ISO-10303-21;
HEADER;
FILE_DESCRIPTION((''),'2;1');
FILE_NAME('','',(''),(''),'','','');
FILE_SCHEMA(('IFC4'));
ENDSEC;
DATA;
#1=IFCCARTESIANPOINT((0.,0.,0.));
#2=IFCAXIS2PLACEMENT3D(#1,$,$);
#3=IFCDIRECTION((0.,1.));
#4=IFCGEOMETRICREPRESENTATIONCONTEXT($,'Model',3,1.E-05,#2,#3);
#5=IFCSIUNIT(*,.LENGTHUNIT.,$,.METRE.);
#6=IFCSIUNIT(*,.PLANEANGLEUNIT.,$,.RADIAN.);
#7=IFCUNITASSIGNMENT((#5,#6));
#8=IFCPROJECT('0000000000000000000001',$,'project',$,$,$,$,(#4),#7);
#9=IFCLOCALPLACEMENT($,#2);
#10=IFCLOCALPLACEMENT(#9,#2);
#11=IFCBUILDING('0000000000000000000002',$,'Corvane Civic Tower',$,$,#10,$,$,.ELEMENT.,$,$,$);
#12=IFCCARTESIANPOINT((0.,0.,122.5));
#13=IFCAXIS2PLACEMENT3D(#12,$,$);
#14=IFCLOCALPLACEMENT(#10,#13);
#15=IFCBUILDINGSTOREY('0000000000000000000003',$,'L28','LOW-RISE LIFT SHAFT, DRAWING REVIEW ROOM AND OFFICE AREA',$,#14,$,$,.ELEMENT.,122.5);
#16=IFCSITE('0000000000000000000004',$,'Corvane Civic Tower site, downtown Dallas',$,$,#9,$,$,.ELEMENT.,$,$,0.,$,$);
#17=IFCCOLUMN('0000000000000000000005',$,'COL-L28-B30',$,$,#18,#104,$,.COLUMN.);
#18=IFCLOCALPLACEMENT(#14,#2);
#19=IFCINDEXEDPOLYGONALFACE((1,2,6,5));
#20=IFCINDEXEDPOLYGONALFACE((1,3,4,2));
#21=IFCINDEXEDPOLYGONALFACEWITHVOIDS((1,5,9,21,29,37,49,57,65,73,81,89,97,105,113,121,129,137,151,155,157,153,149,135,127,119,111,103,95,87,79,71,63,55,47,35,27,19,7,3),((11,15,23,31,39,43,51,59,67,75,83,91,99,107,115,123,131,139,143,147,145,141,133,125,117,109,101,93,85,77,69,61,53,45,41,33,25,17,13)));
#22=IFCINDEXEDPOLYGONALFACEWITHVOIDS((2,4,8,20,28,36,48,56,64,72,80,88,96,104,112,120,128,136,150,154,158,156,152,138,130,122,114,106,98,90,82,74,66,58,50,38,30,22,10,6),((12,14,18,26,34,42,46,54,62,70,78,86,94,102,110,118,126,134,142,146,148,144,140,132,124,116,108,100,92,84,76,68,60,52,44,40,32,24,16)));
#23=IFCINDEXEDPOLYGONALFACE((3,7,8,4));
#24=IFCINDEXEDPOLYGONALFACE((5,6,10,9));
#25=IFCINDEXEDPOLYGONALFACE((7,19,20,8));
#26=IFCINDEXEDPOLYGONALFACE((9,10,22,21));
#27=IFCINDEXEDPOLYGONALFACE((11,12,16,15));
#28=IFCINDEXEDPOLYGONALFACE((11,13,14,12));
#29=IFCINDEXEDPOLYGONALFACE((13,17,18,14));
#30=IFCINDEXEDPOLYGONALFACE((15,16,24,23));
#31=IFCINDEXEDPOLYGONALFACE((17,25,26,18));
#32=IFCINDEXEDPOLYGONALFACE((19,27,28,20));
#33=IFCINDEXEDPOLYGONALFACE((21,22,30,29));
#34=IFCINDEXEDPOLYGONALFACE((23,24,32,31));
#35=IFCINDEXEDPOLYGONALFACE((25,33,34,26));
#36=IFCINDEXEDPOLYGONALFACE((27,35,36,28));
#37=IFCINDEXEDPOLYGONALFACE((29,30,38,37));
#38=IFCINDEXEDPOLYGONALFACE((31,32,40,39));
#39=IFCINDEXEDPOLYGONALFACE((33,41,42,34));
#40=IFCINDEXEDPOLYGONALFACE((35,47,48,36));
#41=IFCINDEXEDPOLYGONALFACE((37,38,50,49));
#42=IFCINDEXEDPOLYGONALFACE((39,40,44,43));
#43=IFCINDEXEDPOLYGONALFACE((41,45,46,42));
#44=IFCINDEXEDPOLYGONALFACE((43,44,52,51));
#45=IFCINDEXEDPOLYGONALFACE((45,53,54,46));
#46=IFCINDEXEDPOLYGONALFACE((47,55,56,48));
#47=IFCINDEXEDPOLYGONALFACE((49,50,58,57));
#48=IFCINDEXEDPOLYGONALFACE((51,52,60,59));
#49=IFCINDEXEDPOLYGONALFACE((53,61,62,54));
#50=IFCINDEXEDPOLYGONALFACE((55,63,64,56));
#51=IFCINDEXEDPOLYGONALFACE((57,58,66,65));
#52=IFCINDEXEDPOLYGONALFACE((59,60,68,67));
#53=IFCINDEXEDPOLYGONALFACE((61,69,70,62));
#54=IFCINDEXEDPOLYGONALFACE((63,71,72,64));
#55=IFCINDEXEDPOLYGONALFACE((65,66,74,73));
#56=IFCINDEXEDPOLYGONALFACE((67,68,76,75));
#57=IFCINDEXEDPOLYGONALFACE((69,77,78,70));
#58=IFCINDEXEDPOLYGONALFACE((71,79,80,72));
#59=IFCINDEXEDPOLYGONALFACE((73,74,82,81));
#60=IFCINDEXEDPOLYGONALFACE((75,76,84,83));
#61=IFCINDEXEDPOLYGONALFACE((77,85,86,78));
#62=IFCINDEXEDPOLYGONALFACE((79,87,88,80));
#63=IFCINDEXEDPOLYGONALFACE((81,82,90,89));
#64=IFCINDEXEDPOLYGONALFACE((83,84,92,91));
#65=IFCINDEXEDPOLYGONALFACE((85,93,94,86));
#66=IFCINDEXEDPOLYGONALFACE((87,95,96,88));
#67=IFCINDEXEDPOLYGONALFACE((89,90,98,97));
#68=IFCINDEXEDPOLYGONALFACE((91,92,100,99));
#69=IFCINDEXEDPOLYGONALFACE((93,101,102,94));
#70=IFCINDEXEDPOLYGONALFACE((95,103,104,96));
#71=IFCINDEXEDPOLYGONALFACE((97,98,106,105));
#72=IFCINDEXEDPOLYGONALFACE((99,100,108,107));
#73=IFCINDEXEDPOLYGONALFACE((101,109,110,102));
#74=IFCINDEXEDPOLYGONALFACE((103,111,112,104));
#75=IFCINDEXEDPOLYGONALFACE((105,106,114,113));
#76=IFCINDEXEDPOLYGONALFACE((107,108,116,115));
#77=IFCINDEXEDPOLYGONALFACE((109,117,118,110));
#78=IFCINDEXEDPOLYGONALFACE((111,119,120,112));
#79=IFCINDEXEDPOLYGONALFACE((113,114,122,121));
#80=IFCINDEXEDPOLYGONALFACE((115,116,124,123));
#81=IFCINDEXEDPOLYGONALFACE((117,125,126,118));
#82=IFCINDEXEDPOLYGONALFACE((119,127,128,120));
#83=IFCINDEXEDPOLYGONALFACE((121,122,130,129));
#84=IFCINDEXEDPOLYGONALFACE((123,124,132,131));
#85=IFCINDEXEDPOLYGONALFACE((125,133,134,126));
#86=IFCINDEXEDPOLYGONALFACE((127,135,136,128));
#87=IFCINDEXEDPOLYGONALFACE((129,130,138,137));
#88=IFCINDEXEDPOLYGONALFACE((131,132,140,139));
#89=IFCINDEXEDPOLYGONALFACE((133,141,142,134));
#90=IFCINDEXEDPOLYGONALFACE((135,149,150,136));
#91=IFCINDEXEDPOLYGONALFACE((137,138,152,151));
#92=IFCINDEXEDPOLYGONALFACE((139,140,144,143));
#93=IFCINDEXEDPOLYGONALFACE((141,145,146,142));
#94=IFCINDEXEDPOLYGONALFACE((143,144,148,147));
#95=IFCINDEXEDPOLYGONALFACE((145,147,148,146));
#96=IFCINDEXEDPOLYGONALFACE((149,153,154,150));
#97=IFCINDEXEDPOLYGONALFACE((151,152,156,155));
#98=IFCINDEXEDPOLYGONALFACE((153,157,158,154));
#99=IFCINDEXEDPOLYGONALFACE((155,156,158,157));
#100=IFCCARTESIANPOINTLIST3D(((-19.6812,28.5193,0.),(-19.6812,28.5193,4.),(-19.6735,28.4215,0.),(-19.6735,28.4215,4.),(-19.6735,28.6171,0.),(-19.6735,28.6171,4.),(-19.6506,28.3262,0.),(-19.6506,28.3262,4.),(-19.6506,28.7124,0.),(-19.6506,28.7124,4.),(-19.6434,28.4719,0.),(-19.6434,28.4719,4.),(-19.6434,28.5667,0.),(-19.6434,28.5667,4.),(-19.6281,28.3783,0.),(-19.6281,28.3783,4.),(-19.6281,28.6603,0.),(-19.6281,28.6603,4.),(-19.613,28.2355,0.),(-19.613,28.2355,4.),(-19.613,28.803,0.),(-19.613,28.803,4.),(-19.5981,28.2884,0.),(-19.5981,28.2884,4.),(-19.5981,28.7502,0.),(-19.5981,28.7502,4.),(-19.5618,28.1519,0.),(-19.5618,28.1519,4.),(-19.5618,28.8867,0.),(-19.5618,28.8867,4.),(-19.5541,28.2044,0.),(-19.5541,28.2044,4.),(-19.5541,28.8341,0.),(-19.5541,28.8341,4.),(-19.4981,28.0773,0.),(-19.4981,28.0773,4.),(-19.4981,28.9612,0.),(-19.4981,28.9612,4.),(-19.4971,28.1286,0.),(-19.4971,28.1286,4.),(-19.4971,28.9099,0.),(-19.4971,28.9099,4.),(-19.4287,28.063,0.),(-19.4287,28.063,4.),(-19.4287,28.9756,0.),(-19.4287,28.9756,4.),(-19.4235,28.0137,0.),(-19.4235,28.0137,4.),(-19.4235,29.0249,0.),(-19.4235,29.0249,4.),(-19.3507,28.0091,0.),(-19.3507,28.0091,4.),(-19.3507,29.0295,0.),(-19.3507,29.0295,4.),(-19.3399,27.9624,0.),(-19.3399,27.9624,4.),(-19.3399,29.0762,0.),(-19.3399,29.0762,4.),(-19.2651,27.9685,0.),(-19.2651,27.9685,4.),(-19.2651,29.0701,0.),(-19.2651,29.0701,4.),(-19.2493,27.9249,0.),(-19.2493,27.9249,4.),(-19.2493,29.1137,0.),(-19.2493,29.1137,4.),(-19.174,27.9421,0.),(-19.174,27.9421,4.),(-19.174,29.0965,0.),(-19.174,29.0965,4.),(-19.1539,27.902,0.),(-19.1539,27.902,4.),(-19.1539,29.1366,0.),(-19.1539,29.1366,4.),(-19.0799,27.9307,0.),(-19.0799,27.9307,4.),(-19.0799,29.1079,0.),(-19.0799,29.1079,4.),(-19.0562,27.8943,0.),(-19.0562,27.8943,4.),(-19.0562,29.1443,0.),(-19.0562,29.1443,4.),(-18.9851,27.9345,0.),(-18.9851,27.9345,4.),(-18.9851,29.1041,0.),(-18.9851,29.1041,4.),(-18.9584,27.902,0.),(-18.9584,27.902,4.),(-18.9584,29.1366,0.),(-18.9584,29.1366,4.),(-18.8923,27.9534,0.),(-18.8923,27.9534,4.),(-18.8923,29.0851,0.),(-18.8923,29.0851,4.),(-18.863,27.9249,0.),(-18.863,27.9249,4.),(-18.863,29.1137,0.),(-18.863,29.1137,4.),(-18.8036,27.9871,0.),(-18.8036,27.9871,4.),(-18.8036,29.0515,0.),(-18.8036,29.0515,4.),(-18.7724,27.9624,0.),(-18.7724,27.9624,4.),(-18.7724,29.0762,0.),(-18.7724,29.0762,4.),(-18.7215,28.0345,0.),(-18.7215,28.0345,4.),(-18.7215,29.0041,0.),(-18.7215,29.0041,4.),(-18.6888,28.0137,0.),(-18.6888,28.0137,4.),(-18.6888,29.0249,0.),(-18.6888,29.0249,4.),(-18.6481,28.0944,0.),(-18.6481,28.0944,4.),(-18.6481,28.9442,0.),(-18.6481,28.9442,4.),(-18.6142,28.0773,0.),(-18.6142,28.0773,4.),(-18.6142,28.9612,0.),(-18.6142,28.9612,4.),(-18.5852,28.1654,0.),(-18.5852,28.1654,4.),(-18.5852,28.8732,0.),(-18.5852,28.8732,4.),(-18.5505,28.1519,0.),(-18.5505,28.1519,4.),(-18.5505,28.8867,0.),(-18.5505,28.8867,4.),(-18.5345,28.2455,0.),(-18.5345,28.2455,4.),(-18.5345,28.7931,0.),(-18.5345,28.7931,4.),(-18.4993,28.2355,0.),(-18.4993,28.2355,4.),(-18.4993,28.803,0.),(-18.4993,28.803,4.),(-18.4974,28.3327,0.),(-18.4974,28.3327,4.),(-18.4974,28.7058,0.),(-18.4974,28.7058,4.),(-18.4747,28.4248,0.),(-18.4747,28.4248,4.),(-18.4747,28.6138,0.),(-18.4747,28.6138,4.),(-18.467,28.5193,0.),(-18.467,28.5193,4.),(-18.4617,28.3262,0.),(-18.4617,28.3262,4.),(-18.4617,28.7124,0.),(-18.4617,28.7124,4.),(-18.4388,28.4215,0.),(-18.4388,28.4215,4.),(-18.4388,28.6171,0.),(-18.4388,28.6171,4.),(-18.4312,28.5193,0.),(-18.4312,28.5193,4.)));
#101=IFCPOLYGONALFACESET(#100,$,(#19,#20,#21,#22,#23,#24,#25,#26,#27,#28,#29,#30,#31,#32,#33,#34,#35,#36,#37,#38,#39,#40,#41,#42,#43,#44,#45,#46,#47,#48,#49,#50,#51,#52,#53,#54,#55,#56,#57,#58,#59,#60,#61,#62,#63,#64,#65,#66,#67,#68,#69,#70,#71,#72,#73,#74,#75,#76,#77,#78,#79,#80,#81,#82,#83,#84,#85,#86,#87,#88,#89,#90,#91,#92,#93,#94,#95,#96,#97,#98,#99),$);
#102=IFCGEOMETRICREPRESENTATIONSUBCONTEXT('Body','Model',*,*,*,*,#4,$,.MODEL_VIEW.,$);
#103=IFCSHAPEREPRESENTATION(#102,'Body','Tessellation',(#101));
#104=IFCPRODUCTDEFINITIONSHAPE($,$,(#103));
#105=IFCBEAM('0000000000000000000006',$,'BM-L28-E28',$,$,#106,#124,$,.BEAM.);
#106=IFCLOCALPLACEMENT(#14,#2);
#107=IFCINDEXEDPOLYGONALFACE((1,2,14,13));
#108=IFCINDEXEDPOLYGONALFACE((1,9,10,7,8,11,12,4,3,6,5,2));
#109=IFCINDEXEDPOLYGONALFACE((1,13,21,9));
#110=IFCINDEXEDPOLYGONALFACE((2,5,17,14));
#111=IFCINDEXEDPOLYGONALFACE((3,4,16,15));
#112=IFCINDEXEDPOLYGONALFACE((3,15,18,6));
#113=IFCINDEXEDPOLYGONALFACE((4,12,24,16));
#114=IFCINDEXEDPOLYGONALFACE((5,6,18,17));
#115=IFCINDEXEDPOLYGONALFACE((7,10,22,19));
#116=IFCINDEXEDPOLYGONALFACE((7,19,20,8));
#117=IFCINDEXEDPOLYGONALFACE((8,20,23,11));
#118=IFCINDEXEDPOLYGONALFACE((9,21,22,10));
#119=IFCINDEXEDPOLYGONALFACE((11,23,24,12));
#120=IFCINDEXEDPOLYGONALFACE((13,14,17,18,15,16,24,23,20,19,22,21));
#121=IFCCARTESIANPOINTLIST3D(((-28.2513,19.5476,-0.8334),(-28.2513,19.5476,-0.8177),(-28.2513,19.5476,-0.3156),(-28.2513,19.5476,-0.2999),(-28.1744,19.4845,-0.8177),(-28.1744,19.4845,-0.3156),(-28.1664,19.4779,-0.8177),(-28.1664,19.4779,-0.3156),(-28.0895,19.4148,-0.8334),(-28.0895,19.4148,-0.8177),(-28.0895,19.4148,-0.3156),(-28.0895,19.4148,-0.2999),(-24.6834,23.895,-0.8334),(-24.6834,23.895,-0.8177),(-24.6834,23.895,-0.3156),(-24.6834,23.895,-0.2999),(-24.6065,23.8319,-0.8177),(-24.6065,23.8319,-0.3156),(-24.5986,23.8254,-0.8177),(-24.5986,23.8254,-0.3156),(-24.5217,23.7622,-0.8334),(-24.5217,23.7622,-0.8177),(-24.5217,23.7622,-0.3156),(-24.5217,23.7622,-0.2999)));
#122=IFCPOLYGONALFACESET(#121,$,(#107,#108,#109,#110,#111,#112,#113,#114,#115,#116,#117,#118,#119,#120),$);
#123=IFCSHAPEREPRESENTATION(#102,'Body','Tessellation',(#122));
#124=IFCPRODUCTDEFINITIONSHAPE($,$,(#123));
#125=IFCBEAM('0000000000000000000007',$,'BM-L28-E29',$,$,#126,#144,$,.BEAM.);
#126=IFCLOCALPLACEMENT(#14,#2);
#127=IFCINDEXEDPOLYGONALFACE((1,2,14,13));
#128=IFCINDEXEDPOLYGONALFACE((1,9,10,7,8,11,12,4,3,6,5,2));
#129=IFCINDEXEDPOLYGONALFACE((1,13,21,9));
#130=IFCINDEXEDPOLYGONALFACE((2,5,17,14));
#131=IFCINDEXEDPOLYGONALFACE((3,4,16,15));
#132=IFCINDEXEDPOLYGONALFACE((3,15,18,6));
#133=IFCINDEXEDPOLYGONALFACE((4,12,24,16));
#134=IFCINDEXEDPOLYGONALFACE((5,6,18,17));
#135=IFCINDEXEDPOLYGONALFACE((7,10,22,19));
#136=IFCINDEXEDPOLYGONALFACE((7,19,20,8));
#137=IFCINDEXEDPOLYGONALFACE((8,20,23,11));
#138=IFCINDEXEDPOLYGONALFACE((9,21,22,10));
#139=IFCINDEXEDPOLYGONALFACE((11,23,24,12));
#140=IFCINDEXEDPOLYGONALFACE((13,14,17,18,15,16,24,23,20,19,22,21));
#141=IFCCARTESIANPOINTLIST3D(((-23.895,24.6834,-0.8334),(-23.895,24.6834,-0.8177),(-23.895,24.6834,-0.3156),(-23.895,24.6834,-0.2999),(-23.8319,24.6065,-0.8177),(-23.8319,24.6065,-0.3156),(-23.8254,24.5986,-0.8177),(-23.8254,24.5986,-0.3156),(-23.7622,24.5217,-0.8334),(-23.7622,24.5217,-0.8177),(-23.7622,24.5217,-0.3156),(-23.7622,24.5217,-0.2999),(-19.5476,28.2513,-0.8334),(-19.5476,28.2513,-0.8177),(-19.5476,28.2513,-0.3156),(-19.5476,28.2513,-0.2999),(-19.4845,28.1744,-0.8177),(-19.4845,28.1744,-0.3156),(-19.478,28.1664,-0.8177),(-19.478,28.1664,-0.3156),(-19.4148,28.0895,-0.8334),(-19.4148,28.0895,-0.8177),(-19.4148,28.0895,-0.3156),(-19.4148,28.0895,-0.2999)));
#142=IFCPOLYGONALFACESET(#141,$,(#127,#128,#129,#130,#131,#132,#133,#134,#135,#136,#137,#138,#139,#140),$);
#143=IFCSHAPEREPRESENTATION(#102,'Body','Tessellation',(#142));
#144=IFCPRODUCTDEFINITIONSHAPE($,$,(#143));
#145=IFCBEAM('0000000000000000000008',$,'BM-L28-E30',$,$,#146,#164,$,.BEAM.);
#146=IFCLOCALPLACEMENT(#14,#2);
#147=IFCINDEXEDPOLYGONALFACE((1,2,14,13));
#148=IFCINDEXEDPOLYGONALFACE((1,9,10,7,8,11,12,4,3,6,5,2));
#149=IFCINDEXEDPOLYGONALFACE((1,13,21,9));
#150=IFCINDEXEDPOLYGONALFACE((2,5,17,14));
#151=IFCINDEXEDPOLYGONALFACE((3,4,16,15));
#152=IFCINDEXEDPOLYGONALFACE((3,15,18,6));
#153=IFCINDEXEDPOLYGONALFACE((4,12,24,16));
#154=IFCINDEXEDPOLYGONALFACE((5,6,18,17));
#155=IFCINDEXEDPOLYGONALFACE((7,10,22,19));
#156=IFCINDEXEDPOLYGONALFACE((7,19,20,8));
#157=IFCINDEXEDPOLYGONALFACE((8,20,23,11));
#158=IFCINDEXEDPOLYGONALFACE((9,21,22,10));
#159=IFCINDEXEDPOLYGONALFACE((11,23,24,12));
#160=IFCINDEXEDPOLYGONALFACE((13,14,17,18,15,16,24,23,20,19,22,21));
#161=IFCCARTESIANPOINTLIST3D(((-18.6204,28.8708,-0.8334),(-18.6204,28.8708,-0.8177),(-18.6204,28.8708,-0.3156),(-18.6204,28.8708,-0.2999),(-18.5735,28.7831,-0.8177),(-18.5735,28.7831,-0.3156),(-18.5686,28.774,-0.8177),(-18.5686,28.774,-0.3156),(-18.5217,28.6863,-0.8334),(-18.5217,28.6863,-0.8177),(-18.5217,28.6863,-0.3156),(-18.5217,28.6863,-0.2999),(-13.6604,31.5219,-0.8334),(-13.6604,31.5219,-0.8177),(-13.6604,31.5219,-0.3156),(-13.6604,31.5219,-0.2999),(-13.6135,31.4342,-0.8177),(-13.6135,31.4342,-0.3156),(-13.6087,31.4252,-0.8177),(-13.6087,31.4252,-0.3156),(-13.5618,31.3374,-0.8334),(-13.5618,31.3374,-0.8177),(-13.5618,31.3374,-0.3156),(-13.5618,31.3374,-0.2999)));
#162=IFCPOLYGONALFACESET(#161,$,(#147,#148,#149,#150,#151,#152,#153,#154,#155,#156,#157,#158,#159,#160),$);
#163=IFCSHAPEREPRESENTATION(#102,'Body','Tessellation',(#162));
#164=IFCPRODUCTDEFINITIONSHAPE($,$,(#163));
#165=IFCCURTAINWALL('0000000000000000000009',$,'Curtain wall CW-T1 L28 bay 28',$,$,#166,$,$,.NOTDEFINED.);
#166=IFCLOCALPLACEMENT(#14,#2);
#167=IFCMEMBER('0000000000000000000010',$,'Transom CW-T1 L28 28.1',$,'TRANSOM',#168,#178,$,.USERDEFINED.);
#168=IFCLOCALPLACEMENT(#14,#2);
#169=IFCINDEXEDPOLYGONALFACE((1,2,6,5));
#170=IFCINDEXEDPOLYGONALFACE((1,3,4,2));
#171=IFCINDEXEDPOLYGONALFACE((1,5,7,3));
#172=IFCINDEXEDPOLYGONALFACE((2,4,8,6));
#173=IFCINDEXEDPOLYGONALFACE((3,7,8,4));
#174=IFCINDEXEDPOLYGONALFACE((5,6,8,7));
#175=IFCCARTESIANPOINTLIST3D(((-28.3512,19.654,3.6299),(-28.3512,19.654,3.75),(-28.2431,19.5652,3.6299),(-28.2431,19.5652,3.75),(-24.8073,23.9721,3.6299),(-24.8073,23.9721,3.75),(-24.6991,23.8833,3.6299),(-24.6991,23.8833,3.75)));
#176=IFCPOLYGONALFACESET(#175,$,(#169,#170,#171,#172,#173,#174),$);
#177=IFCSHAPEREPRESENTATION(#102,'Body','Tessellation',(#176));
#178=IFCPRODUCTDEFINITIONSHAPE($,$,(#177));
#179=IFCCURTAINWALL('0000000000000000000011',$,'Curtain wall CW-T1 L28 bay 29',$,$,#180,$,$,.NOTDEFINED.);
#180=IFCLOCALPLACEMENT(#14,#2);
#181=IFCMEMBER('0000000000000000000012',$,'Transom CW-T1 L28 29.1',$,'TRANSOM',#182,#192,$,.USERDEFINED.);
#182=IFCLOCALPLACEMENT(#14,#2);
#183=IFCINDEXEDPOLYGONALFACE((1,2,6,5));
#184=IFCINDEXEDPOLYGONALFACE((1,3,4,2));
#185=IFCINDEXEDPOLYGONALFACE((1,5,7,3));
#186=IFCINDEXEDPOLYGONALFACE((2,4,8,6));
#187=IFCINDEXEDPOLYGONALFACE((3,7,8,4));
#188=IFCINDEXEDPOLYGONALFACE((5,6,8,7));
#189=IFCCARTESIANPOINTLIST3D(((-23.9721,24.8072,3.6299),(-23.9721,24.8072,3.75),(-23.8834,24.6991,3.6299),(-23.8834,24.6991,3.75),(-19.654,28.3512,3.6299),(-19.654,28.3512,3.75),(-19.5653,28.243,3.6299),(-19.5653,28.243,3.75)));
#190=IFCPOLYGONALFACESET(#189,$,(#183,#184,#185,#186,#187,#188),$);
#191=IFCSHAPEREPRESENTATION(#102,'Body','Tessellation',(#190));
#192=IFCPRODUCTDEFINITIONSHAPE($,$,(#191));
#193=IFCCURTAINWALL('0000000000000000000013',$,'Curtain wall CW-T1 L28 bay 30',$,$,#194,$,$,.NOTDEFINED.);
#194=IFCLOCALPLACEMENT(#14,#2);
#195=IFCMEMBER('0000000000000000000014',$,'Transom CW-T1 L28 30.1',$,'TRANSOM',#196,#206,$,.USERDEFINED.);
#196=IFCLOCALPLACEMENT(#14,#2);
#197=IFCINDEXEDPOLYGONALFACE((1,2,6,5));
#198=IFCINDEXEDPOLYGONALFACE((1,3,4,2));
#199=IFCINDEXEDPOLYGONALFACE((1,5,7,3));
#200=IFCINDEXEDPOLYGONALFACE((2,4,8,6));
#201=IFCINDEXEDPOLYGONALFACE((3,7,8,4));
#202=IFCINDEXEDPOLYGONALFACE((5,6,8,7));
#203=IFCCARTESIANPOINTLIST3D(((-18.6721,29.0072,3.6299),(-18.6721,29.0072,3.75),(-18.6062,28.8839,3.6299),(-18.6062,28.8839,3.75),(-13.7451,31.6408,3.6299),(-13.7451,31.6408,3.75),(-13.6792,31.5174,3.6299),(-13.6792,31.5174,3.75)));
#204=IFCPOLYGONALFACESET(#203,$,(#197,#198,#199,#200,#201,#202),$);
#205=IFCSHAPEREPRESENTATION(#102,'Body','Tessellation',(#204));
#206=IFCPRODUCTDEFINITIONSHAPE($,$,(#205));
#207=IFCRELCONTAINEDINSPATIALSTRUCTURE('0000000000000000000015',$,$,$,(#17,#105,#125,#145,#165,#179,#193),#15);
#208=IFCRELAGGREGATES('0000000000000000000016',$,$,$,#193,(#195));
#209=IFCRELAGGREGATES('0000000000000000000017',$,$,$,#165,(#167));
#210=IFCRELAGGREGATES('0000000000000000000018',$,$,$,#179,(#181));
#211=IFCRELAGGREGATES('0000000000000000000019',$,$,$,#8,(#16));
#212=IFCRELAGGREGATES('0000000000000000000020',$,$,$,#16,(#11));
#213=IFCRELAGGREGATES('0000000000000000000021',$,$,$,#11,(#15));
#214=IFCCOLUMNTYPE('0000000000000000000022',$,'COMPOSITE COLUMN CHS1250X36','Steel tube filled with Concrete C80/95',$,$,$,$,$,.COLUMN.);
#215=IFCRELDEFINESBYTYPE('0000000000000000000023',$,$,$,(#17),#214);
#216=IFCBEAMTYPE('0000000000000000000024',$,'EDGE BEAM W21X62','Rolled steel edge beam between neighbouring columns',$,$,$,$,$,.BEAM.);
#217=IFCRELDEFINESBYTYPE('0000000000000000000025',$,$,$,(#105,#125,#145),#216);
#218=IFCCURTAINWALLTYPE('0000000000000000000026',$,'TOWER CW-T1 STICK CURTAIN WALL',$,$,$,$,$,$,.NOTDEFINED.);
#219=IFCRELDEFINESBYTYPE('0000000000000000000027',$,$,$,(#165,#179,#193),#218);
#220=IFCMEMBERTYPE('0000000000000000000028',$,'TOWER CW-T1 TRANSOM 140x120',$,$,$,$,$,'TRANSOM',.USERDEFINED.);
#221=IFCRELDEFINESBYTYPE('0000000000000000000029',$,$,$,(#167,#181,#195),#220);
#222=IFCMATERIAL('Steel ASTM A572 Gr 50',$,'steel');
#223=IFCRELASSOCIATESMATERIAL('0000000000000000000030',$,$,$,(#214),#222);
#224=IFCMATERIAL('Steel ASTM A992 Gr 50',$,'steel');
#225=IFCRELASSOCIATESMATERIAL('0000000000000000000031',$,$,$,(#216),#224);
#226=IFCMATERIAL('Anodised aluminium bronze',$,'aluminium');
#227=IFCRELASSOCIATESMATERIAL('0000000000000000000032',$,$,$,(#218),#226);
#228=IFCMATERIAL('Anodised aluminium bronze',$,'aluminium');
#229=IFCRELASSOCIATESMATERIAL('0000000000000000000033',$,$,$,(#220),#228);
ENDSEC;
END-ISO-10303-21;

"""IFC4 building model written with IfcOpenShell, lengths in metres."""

from ifc_helpers import new_model, si_unit, direction, frame, origin, origin_2d, place, context, subcontext, project, spatial, rectangle, hollow_circle, i_section, extrude, material, material_profile, profile_set, type_object, element, aggregate, save


model = new_model("IFC4")

# Units and contexts
model_context = context("Model", 3, precision=1e-05, world=origin(), true_north=direction((0.0, 1.0)))
body_context = subcontext(model_context, "Body", "Model", "MODEL_VIEW")
ifc_project = project(units=[si_unit("LENGTHUNIT", "METRE"), si_unit("PLANEANGLEUNIT", "RADIAN")], contexts=[model_context])

# Site, building, storey
site_placement = place(None, origin())
site = spatial("IfcSite", under=ifc_project, at=site_placement, Name="Corvane Civic Tower site, downtown Dallas", CompositionType="ELEMENT", RefElevation=0.0)
building_placement = place(site_placement, origin())
building = spatial("IfcBuilding", under=site, at=building_placement, Name="Corvane Civic Tower", CompositionType="ELEMENT")
storey_placement = place(building_placement, frame((0.0, 0.0, 122.5)))
storey = spatial("IfcBuildingStorey", under=building, at=storey_placement, Name="L28", Description="LOW-RISE LIFT SHAFT, DRAWING REVIEW ROOM AND OFFICE AREA", CompositionType="ELEMENT", Elevation=122.5)

# Column
ifc_material_1 = material(Name="Steel ASTM A572 Gr 50", Category="steel")
ifc_material_profile_1 = material_profile(ifc_material_1, hollow_circle(Radius=0.625, WallThickness=0.0359, at=origin_2d()), Name="CHS1250X36")
ifc_profile_set_1 = profile_set([ifc_material_profile_1], Name="Steel ASTM A572 Gr 50")
column_type = type_object("IfcColumnType", Name="COMPOSITE COLUMN CHS1250X36", Description="Steel tube filled with Concrete C80/95", PredefinedType="COLUMN", material=ifc_profile_set_1)
for number, where, z_axis, x_axis, name in (
    (1, (-19.0562, 28.5193, 0.0), (0.0, 0.0, 1.0), (1.0, 0.0, 0.0), "COL-L28-B30"),
):
    element("IfcColumn", number, at=place(storey_placement, frame(where, z_axis=z_axis, x_axis=x_axis)), inside=storey, type_object=column_type, Name=name, PredefinedType="COLUMN", context=body_context, shape_type="SweptSolid", body=[
        extrude(hollow_circle(Radius=0.625, WallThickness=0.0359, at=origin_2d()), origin(), (0.0, 0.0, 1.0), 4.0),
    ])

# Beams
ifc_material_2 = material(Name="Steel ASTM A992 Gr 50", Category="steel")
ifc_material_profile_2 = material_profile(ifc_material_2, i_section(OverallWidth=0.2092, OverallDepth=0.5334, WebThickness=0.0103, FlangeThickness=0.0156, at=origin_2d()), Name="W21X62")
ifc_profile_set_2 = profile_set([ifc_material_profile_2], Name="Steel ASTM A992 Gr 50")
beam_type = type_object("IfcBeamType", Name="EDGE BEAM W21X62", Description="Rolled steel edge beam between neighbouring columns", PredefinedType="BEAM", material=ifc_profile_set_2)
for number, where, z_axis, x_axis, name in (
    (2, (-28.1704, 19.4812, -0.5667), (0.634398, 0.773007, 0.0), (-0.773007, 0.634398, 0.0), "BM-L28-E28"),
    (3, (-23.8286, 24.6025, -0.5667), (0.773007, 0.634398, 0.0), (-0.634398, 0.773007, 0.0), "BM-L28-E29"),
    (4, (-18.571, 28.7786, -0.5667), (0.881924, 0.471392, 0.0), (-0.471392, 0.881924, 0.0), "BM-L28-E30"),
):
    element("IfcBeam", number, at=place(storey_placement, frame(where, z_axis=z_axis, x_axis=x_axis)), inside=storey, type_object=beam_type, Name=name, PredefinedType="BEAM", context=body_context, shape_type="SweptSolid", body=[
        extrude(i_section(OverallWidth=0.2092, OverallDepth=0.5334, WebThickness=0.0103, FlangeThickness=0.0156, at=origin_2d()), origin(), (0.0, 0.0, 1.0), 5.624),
    ])

# Curtain walls, members
ifc_material_3 = material(Name="Anodised aluminium bronze", Category="aluminium")
curtain_wall_type = type_object("IfcCurtainWallType", Name="TOWER CW-T1 STICK CURTAIN WALL", PredefinedType="NOTDEFINED", material=ifc_material_3)
curtain_wall_1_placement = place(storey_placement, origin())
curtain_wall_1 = element("IfcCurtainWall", 5, at=curtain_wall_1_placement, inside=storey, type_object=curtain_wall_type, Name="Curtain wall CW-T1 L28 bay 28", PredefinedType="NOTDEFINED")
ifc_material_4 = material(Name="Anodised aluminium bronze", Category="aluminium")
ifc_material_profile_3 = material_profile(ifc_material_4, rectangle(XDim=0.1399, YDim=0.1201, at=origin_2d()), Name="TOWER CW-T1 TRANSOM 140x120")
ifc_profile_set_3 = profile_set([ifc_material_profile_3], Name="Anodised aluminium bronze")
member_type = type_object("IfcMemberType", Name="TOWER CW-T1 TRANSOM 140x120", ElementType="TRANSOM", PredefinedType="USERDEFINED", material=ifc_profile_set_3)
member_1_placement = place(storey_placement, frame((-28.2971, 19.6096, 3.6899), z_axis=(0.63441, 0.772996, 0.0), x_axis=(-0.772996, 0.63441, 0.0)))
member_1 = element("IfcMember", 6, at=member_1_placement, type_object=member_type, Name="Transom CW-T1 L28 28.1", ObjectType="TRANSOM", PredefinedType="USERDEFINED", context=body_context, shape_type="SweptSolid", body=[
    extrude(rectangle(XDim=0.1399, YDim=0.1201, at=origin_2d()), origin(), (0.0, 0.0, 1.0), 5.5862),
])
curtain_wall_2_placement = place(storey_placement, origin())
curtain_wall_2 = element("IfcCurtainWall", 7, at=curtain_wall_2_placement, inside=storey, type_object=curtain_wall_type, Name="Curtain wall CW-T1 L28 bay 29", PredefinedType="NOTDEFINED")
member_2_placement = place(storey_placement, frame((-23.9277, 24.7532, 3.6899), z_axis=(0.772996, 0.63441, 0.0), x_axis=(-0.63441, 0.772996, 0.0)))
member_2 = element("IfcMember", 8, at=member_2_placement, type_object=member_type, Name="Transom CW-T1 L28 29.1", ObjectType="TRANSOM", PredefinedType="USERDEFINED", context=body_context, shape_type="SweptSolid", body=[
    extrude(rectangle(XDim=0.1399, YDim=0.1201, at=origin_2d()), origin(), (0.0, 0.0, 1.0), 5.5862),
])
curtain_wall_3_placement = place(storey_placement, origin())
curtain_wall_3 = element("IfcCurtainWall", 9, at=curtain_wall_3_placement, inside=storey, type_object=curtain_wall_type, Name="Curtain wall CW-T1 L28 bay 30", PredefinedType="NOTDEFINED")
member_3_placement = place(storey_placement, frame((-18.6392, 28.9456, 3.6899), z_axis=(0.881921, 0.471398, 0.0), x_axis=(-0.471398, 0.881921, 0.0)))
member_3 = element("IfcMember", 10, at=member_3_placement, type_object=member_type, Name="Transom CW-T1 L28 30.1", ObjectType="TRANSOM", PredefinedType="USERDEFINED", context=body_context, shape_type="SweptSolid", body=[
    extrude(rectangle(XDim=0.1399, YDim=0.1201, at=origin_2d()), origin(), (0.0, 0.0, 1.0), 5.5867),
])
aggregate(curtain_wall_3, [member_3])

aggregate(curtain_wall_1, [member_1])
aggregate(curtain_wall_2, [member_2])

save(model, "model.ifc")
